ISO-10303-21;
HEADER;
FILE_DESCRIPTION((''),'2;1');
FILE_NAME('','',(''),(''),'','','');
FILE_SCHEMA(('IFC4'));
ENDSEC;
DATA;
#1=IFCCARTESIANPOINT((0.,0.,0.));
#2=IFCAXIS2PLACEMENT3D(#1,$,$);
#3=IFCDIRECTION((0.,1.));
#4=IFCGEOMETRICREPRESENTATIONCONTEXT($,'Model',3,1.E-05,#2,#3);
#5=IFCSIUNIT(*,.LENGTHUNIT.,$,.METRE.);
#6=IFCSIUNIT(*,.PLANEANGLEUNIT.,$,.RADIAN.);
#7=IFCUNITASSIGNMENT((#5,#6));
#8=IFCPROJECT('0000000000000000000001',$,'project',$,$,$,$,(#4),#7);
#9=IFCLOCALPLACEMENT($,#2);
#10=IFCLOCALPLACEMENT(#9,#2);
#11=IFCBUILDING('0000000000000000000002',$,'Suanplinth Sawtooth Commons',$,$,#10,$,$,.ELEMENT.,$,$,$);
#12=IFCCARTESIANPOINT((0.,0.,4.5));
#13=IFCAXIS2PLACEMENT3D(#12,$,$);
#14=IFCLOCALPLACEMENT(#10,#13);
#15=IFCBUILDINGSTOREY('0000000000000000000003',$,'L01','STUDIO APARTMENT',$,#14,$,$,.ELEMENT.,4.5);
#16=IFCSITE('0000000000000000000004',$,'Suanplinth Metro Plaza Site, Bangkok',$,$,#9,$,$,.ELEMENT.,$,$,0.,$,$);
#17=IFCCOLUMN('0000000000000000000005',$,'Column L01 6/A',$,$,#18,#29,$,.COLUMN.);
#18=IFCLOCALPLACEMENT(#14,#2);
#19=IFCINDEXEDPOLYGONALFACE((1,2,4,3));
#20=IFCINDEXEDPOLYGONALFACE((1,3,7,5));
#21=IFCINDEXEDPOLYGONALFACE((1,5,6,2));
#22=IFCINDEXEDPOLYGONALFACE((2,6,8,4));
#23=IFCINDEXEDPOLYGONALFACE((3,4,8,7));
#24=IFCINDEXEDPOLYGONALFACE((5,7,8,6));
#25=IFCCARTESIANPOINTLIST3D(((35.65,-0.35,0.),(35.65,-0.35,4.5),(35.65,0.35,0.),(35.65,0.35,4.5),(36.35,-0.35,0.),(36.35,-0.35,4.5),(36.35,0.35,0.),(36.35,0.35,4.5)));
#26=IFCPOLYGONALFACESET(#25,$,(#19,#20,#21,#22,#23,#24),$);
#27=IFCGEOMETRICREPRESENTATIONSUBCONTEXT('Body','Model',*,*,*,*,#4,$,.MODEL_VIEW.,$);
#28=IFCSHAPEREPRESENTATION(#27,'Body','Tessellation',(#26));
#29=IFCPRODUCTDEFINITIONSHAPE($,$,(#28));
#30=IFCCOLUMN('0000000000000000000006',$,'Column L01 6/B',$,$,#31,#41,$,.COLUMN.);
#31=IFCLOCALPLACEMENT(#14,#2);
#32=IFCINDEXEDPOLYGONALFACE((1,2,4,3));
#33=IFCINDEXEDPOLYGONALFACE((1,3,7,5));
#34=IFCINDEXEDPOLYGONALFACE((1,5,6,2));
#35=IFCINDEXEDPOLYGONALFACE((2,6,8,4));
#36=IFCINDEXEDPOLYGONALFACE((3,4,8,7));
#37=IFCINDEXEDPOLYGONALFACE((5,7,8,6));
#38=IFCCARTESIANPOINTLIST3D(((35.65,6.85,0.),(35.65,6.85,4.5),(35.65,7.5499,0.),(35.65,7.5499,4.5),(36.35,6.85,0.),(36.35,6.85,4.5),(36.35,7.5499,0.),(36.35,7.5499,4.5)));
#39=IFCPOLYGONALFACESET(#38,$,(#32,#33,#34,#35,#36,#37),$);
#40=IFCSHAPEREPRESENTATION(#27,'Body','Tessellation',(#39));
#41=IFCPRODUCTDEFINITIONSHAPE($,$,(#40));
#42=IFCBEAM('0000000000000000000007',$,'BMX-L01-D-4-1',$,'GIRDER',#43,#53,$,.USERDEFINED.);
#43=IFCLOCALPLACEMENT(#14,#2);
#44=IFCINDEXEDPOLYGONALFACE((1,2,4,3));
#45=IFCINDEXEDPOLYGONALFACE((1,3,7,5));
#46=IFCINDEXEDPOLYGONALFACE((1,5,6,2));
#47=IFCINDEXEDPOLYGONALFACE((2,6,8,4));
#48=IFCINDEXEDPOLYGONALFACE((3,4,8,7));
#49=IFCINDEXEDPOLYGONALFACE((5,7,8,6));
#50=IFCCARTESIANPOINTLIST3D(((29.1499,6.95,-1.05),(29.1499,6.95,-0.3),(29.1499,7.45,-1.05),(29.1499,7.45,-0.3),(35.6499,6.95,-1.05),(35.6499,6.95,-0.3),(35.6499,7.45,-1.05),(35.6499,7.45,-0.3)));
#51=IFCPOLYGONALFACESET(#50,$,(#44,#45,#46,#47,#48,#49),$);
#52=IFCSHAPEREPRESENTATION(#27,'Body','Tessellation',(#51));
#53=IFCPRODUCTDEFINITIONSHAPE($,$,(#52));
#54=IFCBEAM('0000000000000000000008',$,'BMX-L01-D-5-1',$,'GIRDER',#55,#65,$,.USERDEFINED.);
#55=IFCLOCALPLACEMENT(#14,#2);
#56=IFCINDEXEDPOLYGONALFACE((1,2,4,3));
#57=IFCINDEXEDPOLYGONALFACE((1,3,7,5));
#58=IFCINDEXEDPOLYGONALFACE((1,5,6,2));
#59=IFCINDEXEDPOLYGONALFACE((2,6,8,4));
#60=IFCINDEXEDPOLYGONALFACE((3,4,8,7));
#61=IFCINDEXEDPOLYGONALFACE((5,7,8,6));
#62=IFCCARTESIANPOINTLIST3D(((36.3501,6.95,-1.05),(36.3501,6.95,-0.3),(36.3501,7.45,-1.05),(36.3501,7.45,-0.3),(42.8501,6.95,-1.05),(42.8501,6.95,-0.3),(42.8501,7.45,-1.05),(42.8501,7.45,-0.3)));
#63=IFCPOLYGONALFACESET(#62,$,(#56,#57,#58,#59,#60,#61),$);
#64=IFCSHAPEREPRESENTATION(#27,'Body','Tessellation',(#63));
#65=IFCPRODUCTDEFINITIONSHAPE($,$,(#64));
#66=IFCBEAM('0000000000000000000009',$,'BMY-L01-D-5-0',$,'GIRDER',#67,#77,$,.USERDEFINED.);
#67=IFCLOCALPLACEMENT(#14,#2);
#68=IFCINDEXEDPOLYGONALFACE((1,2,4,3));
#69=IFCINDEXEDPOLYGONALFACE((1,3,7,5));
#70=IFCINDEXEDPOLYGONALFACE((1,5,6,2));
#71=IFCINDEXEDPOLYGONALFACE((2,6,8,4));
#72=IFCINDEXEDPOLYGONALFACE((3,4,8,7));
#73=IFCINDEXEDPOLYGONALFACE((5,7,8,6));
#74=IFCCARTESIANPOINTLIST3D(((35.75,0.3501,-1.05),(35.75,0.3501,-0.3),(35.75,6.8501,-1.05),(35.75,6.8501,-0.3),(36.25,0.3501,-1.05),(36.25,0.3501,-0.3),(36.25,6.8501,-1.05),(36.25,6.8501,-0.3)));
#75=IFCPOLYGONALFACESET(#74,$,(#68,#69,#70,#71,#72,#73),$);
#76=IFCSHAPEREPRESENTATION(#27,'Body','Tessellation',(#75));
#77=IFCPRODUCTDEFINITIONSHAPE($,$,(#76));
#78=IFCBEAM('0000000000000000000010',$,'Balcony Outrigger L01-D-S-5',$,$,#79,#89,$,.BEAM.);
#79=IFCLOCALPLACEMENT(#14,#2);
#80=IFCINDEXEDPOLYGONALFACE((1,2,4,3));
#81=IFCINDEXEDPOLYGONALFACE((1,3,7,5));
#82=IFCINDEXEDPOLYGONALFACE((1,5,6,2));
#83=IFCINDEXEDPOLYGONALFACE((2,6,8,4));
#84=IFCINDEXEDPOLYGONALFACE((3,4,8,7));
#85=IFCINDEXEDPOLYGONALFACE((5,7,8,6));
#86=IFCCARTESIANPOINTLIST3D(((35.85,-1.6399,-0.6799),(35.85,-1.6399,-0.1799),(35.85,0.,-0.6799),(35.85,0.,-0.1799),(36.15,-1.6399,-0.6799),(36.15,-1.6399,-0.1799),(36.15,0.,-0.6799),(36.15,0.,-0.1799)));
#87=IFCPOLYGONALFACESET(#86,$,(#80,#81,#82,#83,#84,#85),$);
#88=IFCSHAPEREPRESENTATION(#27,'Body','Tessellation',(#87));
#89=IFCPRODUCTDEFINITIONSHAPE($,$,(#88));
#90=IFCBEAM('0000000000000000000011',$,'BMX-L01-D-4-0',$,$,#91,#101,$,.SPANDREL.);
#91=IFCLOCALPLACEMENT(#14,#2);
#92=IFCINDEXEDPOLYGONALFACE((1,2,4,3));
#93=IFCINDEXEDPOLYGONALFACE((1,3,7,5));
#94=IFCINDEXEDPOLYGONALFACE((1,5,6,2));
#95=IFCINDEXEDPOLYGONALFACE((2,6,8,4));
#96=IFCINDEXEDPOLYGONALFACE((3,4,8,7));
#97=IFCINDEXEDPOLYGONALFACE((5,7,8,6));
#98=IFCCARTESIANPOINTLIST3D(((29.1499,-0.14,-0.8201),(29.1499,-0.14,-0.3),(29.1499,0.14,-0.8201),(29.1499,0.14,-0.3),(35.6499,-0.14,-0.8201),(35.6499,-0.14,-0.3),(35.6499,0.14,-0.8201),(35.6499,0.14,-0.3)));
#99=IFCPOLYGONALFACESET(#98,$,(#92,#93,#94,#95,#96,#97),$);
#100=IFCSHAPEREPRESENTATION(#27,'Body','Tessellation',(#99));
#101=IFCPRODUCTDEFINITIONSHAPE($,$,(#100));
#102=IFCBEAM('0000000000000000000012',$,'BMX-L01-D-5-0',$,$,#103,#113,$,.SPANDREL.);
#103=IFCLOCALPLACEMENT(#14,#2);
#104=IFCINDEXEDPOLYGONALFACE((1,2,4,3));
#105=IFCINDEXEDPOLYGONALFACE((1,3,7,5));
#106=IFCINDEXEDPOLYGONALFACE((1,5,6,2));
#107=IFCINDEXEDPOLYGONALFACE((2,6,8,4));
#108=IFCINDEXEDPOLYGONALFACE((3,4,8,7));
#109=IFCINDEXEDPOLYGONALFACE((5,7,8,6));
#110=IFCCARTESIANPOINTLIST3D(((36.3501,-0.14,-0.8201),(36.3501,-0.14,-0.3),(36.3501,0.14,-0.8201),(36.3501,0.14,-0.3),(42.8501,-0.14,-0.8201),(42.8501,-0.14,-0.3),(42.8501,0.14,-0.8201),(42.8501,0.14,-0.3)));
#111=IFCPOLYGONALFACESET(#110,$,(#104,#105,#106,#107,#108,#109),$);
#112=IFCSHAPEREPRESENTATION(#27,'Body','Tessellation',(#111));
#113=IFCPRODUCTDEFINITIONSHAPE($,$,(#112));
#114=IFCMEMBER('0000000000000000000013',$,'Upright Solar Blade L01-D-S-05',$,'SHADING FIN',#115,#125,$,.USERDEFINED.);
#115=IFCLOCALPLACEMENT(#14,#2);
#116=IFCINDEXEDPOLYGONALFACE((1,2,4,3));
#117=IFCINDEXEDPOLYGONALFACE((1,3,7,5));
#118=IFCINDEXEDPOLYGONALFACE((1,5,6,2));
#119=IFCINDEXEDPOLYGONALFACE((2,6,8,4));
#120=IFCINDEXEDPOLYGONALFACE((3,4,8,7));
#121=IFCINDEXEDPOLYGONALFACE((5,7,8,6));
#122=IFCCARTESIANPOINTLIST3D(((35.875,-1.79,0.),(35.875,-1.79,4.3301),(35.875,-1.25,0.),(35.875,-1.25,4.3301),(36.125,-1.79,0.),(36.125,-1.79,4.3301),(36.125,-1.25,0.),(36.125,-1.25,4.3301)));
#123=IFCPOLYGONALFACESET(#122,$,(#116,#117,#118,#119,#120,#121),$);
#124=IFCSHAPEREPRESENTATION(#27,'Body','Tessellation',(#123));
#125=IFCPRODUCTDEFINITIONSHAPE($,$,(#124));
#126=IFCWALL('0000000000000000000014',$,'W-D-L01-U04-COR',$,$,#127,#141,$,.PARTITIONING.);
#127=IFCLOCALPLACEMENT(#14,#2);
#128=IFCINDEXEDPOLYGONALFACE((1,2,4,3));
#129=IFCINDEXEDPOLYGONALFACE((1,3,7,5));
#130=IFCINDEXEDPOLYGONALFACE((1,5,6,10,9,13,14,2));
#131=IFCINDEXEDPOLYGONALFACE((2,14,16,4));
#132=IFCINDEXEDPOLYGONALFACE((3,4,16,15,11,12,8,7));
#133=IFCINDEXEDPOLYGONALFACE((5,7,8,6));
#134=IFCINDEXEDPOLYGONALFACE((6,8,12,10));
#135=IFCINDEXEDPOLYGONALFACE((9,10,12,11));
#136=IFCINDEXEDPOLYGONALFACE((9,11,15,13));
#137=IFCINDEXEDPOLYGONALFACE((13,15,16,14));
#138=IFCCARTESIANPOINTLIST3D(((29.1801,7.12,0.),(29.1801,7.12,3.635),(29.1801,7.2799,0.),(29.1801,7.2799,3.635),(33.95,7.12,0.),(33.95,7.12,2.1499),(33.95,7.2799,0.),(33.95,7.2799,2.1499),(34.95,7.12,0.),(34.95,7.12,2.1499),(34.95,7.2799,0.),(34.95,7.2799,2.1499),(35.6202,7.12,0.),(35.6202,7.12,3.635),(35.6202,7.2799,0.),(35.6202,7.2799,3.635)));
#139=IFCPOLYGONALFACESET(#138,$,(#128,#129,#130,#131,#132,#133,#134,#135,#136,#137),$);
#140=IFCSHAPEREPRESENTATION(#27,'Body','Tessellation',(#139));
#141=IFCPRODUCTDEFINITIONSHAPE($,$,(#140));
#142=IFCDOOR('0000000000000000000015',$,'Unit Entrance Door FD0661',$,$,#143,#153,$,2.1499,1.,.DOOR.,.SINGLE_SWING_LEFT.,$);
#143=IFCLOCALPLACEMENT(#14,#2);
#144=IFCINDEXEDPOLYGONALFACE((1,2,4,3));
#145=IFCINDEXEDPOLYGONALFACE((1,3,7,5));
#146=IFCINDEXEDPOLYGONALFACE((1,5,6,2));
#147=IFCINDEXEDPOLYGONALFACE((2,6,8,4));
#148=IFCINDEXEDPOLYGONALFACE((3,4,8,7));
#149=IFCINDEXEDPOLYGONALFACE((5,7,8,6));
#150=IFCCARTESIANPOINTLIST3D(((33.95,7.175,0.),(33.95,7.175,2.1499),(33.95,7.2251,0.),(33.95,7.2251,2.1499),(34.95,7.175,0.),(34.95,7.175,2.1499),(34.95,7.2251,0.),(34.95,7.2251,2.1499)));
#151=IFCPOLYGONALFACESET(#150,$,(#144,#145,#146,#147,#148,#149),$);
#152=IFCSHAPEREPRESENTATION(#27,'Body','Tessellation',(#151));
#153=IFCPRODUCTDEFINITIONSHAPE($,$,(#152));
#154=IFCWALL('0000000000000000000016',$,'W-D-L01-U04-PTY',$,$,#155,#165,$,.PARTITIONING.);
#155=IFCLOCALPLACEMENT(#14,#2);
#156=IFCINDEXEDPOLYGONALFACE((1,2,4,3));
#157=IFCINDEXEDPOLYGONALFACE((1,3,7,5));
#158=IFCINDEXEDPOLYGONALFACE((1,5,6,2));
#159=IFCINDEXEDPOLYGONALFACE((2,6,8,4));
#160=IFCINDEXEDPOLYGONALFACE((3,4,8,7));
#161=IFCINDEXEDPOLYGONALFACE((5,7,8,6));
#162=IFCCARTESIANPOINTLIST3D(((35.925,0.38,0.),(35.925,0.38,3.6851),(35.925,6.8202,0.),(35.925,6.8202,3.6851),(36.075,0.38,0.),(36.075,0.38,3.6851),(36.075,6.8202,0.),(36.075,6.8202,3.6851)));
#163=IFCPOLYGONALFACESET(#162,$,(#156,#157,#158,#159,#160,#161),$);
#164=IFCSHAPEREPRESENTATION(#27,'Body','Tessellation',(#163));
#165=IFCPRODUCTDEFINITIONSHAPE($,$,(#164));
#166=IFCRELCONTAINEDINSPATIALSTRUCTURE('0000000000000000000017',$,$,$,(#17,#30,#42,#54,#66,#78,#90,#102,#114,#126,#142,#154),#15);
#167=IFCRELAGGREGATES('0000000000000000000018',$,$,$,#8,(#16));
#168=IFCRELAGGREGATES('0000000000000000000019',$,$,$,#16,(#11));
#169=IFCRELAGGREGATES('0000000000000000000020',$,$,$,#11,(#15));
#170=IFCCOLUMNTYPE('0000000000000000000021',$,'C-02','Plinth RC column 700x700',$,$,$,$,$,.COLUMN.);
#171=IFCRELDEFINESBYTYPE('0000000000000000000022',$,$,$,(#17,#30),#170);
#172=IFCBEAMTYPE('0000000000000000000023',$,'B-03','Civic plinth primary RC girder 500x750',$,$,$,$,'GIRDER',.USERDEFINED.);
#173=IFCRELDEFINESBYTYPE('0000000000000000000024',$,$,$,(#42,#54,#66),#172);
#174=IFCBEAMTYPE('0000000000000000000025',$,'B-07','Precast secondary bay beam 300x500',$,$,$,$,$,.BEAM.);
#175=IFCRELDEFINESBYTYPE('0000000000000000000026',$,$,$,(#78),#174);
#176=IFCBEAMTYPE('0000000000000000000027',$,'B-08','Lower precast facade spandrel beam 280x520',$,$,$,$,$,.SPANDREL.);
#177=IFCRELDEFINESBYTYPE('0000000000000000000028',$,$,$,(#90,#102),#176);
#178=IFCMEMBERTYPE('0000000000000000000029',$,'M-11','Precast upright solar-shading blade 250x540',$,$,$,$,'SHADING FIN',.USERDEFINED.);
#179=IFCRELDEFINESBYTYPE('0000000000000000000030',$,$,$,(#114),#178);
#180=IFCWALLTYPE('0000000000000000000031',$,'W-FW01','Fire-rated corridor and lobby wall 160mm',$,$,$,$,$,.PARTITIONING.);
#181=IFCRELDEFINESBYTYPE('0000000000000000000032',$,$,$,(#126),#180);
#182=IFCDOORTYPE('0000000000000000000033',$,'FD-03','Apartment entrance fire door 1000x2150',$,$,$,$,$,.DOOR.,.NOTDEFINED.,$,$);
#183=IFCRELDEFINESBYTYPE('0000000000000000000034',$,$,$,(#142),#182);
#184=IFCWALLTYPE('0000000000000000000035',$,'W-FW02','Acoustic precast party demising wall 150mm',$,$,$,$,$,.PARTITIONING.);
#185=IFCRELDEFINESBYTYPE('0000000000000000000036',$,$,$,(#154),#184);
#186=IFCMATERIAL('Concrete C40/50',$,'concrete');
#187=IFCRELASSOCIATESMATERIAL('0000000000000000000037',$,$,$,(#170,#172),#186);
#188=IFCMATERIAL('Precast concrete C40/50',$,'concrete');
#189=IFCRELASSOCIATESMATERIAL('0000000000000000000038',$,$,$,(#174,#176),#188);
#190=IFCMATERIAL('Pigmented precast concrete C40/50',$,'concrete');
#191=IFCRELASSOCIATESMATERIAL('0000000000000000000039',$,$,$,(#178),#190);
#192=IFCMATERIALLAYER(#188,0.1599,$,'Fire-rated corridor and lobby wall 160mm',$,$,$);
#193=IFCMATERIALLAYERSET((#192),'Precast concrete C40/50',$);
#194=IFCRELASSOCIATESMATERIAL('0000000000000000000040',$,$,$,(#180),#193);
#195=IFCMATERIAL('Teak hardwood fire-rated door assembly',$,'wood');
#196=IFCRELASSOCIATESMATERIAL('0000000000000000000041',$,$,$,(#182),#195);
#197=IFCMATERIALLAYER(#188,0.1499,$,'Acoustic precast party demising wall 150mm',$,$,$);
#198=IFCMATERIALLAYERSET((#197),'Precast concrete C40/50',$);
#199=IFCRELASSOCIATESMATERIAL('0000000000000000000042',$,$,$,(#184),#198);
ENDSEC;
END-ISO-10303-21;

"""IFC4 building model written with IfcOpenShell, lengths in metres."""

from ifc_helpers import new_model, si_unit, direction, frame, frame_2d, origin, origin_2d, place, context, subcontext, project, spatial, rectangle, extrude, material, layer, layer_set, material_profile, profile_set, type_object, element, fill, save


model = new_model("IFC4")

# Units and contexts
model_context = context("Model", 3, precision=1e-05, world=origin(), true_north=direction((0.0, 1.0)))
body_context = subcontext(model_context, "Body", "Model", "MODEL_VIEW")
ifc_project = project(units=[si_unit("LENGTHUNIT", "METRE"), si_unit("PLANEANGLEUNIT", "RADIAN")], contexts=[model_context])

# Site, building, storey
site_placement = place(None, origin())
site = spatial("IfcSite", under=ifc_project, at=site_placement, Name="Suanplinth Metro Plaza Site, Bangkok", CompositionType="ELEMENT", RefElevation=0.0)
building_placement = place(site_placement, origin())
building = spatial("IfcBuilding", under=site, at=building_placement, Name="Suanplinth Sawtooth Commons", CompositionType="ELEMENT")
storey_placement = place(building_placement, frame((0.0, 0.0, 4.5)))
storey = spatial("IfcBuildingStorey", under=building, at=storey_placement, Name="L01", Description="STUDIO APARTMENT", CompositionType="ELEMENT", Elevation=4.5)

# Columns
ifc_material_1 = material(Name="Concrete C40/50", Category="concrete")
ifc_material_profile_1 = material_profile(ifc_material_1, rectangle(XDim=0.7, YDim=0.7, at=origin_2d()), Name="RC-COL 700x700")
ifc_profile_set_1 = profile_set([ifc_material_profile_1], Name="Concrete C40/50")
column_type = type_object("IfcColumnType", Name="C-02", Description="Plinth RC column 700x700", PredefinedType="COLUMN", material=ifc_profile_set_1)
for number, where, z_axis, x_axis, name in (
    (1, (36.0, 0.0, 0.0), (0.0, 0.0, 1.0), (1.0, 0.0, 0.0), "Column L01 6/A"),
    (2, (36.0, 7.2, 0.0), (0.0, 0.0, 1.0), (1.0, 0.0, 0.0), "Column L01 6/B"),
):
    element("IfcColumn", number, at=place(storey_placement, frame(where, z_axis=z_axis, x_axis=x_axis)), inside=storey, type_object=column_type, Name=name, PredefinedType="COLUMN", context=body_context, shape_type="SweptSolid", body=[
        extrude(rectangle(XDim=0.7, YDim=0.7, at=origin_2d()), origin(), (0.0, 0.0, 1.0), 4.5),
    ])

# Beams
ifc_material_profile_2 = material_profile(ifc_material_1, rectangle(XDim=0.5, YDim=0.75, at=origin_2d()), Name="RC-GDR 500x750")
ifc_profile_set_2 = profile_set([ifc_material_profile_2], Name="Concrete C40/50")
beam_type_1 = type_object("IfcBeamType", Name="B-03", Description="Civic plinth primary RC girder 500x750", ElementType="GIRDER", PredefinedType="USERDEFINED", material=ifc_profile_set_2)
for number, where, z_axis, x_axis, name in (
    (3, (29.1499, 7.2, -0.675), (1.0, 0.0, 0.0), (0.0, 1.0, 0.0), "BMX-L01-D-4-1"),
    (4, (36.3501, 7.2, -0.675), (1.0, 0.0, 0.0), (0.0, 1.0, 0.0), "BMX-L01-D-5-1"),
    (5, (36.0, 0.3501, -0.675), (0.0, 1.0, 0.0), (-1.0, 0.0, 0.0), "BMY-L01-D-5-0"),
):
    element("IfcBeam", number, at=place(storey_placement, frame(where, z_axis=z_axis, x_axis=x_axis)), inside=storey, type_object=beam_type_1, Name=name, ObjectType="GIRDER", PredefinedType="USERDEFINED", context=body_context, shape_type="SweptSolid", body=[
        extrude(rectangle(XDim=0.5, YDim=0.75, at=origin_2d()), origin(), (0.0, 0.0, 1.0), 6.5),
    ])
ifc_material_2 = material(Name="Precast concrete C40/50", Category="concrete")
ifc_material_profile_3 = material_profile(ifc_material_2, rectangle(XDim=0.3, YDim=0.5, at=origin_2d()), Name="PC-BM 300x500")
ifc_profile_set_3 = profile_set([ifc_material_profile_3], Name="Precast concrete C40/50")
beam_type_2 = type_object("IfcBeamType", Name="B-07", Description="Precast secondary bay beam 300x500", PredefinedType="BEAM", material=ifc_profile_set_3)
beam_placement = place(storey_placement, frame((36.0, 0.0, -0.4299), z_axis=(0.0, -1.0, 0.0), x_axis=(1.0, 0.0, 0.0)))
element("IfcBeam", 6, at=beam_placement, inside=storey, type_object=beam_type_2, Name="Balcony Outrigger L01-D-S-5", PredefinedType="BEAM", context=body_context, shape_type="SweptSolid", body=[
    extrude(rectangle(XDim=0.3, YDim=0.5, at=origin_2d()), origin(), (0.0, 0.0, 1.0), 1.6399),
])
ifc_material_profile_4 = material_profile(ifc_material_2, rectangle(XDim=0.28, YDim=0.52, at=origin_2d()), Name="PC-SP 280x520")
ifc_profile_set_4 = profile_set([ifc_material_profile_4], Name="Precast concrete C40/50")
beam_type_3 = type_object("IfcBeamType", Name="B-08", Description="Lower precast facade spandrel beam 280x520", PredefinedType="SPANDREL", material=ifc_profile_set_4)
for number, where, z_axis, x_axis, name in (
    (7, (29.1499, 0.0, -0.5601), (1.0, 0.0, 0.0), (0.0, 1.0, 0.0), "BMX-L01-D-4-0"),
    (8, (36.3501, 0.0, -0.5601), (1.0, 0.0, 0.0), (0.0, 1.0, 0.0), "BMX-L01-D-5-0"),
):
    element("IfcBeam", number, at=place(storey_placement, frame(where, z_axis=z_axis, x_axis=x_axis)), inside=storey, type_object=beam_type_3, Name=name, PredefinedType="SPANDREL", context=body_context, shape_type="SweptSolid", body=[
        extrude(rectangle(XDim=0.28, YDim=0.52, at=origin_2d()), origin(), (0.0, 0.0, 1.0), 6.5),
    ])

# Member
ifc_material_3 = material(Name="Pigmented precast concrete C40/50", Category="concrete")
ifc_material_profile_5 = material_profile(ifc_material_3, rectangle(XDim=0.25, YDim=0.54, at=origin_2d()), Name="PC-FIN 250x540")
ifc_profile_set_5 = profile_set([ifc_material_profile_5], Name="Pigmented precast concrete C40/50")
member_type = type_object("IfcMemberType", Name="M-11", Description="Precast upright solar-shading blade 250x540", ElementType="SHADING FIN", PredefinedType="USERDEFINED", material=ifc_profile_set_5)
member_placement = place(storey_placement, frame((36.0, -1.52, 0.0), z_axis=(0.0, 0.0, 1.0), x_axis=(1.0, 0.0, 0.0)))
element("IfcMember", 9, at=member_placement, inside=storey, type_object=member_type, Name="Upright Solar Blade L01-D-S-05", ObjectType="SHADING FIN", PredefinedType="USERDEFINED", context=body_context, shape_type="SweptSolid", body=[
    extrude(rectangle(XDim=0.25, YDim=0.54, at=origin_2d()), origin(), (0.0, 0.0, 1.0), 4.3301),
])

# Wall, opening, door
ifc_layer_1 = layer(ifc_material_2, 0.1599, Name="Fire-rated corridor and lobby wall 160mm")
ifc_layer_set_1 = layer_set([ifc_layer_1], Name="Precast concrete C40/50")
wall_type_1 = type_object("IfcWallType", Name="W-FW01", Description="Fire-rated corridor and lobby wall 160mm", PredefinedType="PARTITIONING", material=ifc_layer_set_1)
wall_1_placement = place(storey_placement, frame((29.1799, 7.2, 0.0), z_axis=(0.0, 0.0, 1.0), x_axis=(1.0, 0.0, 0.0)))
wall_1 = element("IfcWall", 10, at=wall_1_placement, inside=storey, type_object=wall_type_1, Name="W-D-L01-U04-COR", PredefinedType="PARTITIONING", context=body_context, shape_type="SweptSolid", body=[
    extrude(rectangle(XDim=6.4402, YDim=0.1599, at=frame_2d((3.2202, 0.0))), origin(), (0.0, 0.0, 1.0), 3.635),
])
opening_1_placement = place(wall_1_placement, frame((4.77, 0.0, 0.0)))
opening_1 = element("IfcOpeningElement", 11, at=opening_1_placement, cuts=wall_1, PredefinedType="OPENING", context=body_context, shape_type="SweptSolid", body=[
    extrude(rectangle(XDim=1.0, YDim=2.1499, at=frame_2d((0.5, 1.075))), frame((0.0, 0.0947, 0.0), z_axis=(0.0, -1.0, 0.0), x_axis=(1.0, 0.0, 0.0)), (0.0, 0.0, 1.0), 0.1897),
])
ifc_material_4 = material(Name="Teak hardwood fire-rated door assembly", Category="wood")
door_type_1 = type_object("IfcDoorType", Name="FD-03", Description="Apartment entrance fire door 1000x2150", OperationType="NOTDEFINED", PredefinedType="DOOR", material=ifc_material_4)
door_1_placement = place(opening_1_placement, frame((1.0, 0.0, 0.0), z_axis=(0.0, 0.0, 1.0), x_axis=(-1.0, 0.0, 0.0)))
door_1 = element("IfcDoor", 12, at=door_1_placement, inside=storey, type_object=door_type_1, Name="Unit Entrance Door FD0661", OperationType="SINGLE_SWING_LEFT", OverallHeight=2.1499, OverallWidth=1.0, PredefinedType="DOOR", context=body_context, shape_type="SweptSolid", body=[
    extrude(rectangle(XDim=1.0, YDim=2.1499, at=frame_2d((0.5, 1.075))), frame((0.0, 0.0249, 0.0), z_axis=(0.0, -1.0, 0.0), x_axis=(1.0, 0.0, 0.0)), (0.0, 0.0, 1.0), 0.05),
])
fill(opening_1, door_1)

# Wall
ifc_layer_2 = layer(ifc_material_2, 0.1499, Name="Acoustic precast party demising wall 150mm")
ifc_layer_set_2 = layer_set([ifc_layer_2], Name="Precast concrete C40/50")
wall_type_2 = type_object("IfcWallType", Name="W-FW02", Description="Acoustic precast party demising wall 150mm", PredefinedType="PARTITIONING", material=ifc_layer_set_2)
wall_2_placement = place(storey_placement, frame((36.0, 0.3799, 0.0), z_axis=(0.0, 0.0, 1.0), x_axis=(0.0, 1.0, 0.0)))
element("IfcWall", 13, at=wall_2_placement, inside=storey, type_object=wall_type_2, Name="W-D-L01-U04-PTY", PredefinedType="PARTITIONING", context=body_context, shape_type="SweptSolid", body=[
    extrude(rectangle(XDim=6.4402, YDim=0.1499, at=frame_2d((3.2202, 0.0))), origin(), (0.0, 0.0, 1.0), 3.6851),
])

save(model, "model.ifc")
